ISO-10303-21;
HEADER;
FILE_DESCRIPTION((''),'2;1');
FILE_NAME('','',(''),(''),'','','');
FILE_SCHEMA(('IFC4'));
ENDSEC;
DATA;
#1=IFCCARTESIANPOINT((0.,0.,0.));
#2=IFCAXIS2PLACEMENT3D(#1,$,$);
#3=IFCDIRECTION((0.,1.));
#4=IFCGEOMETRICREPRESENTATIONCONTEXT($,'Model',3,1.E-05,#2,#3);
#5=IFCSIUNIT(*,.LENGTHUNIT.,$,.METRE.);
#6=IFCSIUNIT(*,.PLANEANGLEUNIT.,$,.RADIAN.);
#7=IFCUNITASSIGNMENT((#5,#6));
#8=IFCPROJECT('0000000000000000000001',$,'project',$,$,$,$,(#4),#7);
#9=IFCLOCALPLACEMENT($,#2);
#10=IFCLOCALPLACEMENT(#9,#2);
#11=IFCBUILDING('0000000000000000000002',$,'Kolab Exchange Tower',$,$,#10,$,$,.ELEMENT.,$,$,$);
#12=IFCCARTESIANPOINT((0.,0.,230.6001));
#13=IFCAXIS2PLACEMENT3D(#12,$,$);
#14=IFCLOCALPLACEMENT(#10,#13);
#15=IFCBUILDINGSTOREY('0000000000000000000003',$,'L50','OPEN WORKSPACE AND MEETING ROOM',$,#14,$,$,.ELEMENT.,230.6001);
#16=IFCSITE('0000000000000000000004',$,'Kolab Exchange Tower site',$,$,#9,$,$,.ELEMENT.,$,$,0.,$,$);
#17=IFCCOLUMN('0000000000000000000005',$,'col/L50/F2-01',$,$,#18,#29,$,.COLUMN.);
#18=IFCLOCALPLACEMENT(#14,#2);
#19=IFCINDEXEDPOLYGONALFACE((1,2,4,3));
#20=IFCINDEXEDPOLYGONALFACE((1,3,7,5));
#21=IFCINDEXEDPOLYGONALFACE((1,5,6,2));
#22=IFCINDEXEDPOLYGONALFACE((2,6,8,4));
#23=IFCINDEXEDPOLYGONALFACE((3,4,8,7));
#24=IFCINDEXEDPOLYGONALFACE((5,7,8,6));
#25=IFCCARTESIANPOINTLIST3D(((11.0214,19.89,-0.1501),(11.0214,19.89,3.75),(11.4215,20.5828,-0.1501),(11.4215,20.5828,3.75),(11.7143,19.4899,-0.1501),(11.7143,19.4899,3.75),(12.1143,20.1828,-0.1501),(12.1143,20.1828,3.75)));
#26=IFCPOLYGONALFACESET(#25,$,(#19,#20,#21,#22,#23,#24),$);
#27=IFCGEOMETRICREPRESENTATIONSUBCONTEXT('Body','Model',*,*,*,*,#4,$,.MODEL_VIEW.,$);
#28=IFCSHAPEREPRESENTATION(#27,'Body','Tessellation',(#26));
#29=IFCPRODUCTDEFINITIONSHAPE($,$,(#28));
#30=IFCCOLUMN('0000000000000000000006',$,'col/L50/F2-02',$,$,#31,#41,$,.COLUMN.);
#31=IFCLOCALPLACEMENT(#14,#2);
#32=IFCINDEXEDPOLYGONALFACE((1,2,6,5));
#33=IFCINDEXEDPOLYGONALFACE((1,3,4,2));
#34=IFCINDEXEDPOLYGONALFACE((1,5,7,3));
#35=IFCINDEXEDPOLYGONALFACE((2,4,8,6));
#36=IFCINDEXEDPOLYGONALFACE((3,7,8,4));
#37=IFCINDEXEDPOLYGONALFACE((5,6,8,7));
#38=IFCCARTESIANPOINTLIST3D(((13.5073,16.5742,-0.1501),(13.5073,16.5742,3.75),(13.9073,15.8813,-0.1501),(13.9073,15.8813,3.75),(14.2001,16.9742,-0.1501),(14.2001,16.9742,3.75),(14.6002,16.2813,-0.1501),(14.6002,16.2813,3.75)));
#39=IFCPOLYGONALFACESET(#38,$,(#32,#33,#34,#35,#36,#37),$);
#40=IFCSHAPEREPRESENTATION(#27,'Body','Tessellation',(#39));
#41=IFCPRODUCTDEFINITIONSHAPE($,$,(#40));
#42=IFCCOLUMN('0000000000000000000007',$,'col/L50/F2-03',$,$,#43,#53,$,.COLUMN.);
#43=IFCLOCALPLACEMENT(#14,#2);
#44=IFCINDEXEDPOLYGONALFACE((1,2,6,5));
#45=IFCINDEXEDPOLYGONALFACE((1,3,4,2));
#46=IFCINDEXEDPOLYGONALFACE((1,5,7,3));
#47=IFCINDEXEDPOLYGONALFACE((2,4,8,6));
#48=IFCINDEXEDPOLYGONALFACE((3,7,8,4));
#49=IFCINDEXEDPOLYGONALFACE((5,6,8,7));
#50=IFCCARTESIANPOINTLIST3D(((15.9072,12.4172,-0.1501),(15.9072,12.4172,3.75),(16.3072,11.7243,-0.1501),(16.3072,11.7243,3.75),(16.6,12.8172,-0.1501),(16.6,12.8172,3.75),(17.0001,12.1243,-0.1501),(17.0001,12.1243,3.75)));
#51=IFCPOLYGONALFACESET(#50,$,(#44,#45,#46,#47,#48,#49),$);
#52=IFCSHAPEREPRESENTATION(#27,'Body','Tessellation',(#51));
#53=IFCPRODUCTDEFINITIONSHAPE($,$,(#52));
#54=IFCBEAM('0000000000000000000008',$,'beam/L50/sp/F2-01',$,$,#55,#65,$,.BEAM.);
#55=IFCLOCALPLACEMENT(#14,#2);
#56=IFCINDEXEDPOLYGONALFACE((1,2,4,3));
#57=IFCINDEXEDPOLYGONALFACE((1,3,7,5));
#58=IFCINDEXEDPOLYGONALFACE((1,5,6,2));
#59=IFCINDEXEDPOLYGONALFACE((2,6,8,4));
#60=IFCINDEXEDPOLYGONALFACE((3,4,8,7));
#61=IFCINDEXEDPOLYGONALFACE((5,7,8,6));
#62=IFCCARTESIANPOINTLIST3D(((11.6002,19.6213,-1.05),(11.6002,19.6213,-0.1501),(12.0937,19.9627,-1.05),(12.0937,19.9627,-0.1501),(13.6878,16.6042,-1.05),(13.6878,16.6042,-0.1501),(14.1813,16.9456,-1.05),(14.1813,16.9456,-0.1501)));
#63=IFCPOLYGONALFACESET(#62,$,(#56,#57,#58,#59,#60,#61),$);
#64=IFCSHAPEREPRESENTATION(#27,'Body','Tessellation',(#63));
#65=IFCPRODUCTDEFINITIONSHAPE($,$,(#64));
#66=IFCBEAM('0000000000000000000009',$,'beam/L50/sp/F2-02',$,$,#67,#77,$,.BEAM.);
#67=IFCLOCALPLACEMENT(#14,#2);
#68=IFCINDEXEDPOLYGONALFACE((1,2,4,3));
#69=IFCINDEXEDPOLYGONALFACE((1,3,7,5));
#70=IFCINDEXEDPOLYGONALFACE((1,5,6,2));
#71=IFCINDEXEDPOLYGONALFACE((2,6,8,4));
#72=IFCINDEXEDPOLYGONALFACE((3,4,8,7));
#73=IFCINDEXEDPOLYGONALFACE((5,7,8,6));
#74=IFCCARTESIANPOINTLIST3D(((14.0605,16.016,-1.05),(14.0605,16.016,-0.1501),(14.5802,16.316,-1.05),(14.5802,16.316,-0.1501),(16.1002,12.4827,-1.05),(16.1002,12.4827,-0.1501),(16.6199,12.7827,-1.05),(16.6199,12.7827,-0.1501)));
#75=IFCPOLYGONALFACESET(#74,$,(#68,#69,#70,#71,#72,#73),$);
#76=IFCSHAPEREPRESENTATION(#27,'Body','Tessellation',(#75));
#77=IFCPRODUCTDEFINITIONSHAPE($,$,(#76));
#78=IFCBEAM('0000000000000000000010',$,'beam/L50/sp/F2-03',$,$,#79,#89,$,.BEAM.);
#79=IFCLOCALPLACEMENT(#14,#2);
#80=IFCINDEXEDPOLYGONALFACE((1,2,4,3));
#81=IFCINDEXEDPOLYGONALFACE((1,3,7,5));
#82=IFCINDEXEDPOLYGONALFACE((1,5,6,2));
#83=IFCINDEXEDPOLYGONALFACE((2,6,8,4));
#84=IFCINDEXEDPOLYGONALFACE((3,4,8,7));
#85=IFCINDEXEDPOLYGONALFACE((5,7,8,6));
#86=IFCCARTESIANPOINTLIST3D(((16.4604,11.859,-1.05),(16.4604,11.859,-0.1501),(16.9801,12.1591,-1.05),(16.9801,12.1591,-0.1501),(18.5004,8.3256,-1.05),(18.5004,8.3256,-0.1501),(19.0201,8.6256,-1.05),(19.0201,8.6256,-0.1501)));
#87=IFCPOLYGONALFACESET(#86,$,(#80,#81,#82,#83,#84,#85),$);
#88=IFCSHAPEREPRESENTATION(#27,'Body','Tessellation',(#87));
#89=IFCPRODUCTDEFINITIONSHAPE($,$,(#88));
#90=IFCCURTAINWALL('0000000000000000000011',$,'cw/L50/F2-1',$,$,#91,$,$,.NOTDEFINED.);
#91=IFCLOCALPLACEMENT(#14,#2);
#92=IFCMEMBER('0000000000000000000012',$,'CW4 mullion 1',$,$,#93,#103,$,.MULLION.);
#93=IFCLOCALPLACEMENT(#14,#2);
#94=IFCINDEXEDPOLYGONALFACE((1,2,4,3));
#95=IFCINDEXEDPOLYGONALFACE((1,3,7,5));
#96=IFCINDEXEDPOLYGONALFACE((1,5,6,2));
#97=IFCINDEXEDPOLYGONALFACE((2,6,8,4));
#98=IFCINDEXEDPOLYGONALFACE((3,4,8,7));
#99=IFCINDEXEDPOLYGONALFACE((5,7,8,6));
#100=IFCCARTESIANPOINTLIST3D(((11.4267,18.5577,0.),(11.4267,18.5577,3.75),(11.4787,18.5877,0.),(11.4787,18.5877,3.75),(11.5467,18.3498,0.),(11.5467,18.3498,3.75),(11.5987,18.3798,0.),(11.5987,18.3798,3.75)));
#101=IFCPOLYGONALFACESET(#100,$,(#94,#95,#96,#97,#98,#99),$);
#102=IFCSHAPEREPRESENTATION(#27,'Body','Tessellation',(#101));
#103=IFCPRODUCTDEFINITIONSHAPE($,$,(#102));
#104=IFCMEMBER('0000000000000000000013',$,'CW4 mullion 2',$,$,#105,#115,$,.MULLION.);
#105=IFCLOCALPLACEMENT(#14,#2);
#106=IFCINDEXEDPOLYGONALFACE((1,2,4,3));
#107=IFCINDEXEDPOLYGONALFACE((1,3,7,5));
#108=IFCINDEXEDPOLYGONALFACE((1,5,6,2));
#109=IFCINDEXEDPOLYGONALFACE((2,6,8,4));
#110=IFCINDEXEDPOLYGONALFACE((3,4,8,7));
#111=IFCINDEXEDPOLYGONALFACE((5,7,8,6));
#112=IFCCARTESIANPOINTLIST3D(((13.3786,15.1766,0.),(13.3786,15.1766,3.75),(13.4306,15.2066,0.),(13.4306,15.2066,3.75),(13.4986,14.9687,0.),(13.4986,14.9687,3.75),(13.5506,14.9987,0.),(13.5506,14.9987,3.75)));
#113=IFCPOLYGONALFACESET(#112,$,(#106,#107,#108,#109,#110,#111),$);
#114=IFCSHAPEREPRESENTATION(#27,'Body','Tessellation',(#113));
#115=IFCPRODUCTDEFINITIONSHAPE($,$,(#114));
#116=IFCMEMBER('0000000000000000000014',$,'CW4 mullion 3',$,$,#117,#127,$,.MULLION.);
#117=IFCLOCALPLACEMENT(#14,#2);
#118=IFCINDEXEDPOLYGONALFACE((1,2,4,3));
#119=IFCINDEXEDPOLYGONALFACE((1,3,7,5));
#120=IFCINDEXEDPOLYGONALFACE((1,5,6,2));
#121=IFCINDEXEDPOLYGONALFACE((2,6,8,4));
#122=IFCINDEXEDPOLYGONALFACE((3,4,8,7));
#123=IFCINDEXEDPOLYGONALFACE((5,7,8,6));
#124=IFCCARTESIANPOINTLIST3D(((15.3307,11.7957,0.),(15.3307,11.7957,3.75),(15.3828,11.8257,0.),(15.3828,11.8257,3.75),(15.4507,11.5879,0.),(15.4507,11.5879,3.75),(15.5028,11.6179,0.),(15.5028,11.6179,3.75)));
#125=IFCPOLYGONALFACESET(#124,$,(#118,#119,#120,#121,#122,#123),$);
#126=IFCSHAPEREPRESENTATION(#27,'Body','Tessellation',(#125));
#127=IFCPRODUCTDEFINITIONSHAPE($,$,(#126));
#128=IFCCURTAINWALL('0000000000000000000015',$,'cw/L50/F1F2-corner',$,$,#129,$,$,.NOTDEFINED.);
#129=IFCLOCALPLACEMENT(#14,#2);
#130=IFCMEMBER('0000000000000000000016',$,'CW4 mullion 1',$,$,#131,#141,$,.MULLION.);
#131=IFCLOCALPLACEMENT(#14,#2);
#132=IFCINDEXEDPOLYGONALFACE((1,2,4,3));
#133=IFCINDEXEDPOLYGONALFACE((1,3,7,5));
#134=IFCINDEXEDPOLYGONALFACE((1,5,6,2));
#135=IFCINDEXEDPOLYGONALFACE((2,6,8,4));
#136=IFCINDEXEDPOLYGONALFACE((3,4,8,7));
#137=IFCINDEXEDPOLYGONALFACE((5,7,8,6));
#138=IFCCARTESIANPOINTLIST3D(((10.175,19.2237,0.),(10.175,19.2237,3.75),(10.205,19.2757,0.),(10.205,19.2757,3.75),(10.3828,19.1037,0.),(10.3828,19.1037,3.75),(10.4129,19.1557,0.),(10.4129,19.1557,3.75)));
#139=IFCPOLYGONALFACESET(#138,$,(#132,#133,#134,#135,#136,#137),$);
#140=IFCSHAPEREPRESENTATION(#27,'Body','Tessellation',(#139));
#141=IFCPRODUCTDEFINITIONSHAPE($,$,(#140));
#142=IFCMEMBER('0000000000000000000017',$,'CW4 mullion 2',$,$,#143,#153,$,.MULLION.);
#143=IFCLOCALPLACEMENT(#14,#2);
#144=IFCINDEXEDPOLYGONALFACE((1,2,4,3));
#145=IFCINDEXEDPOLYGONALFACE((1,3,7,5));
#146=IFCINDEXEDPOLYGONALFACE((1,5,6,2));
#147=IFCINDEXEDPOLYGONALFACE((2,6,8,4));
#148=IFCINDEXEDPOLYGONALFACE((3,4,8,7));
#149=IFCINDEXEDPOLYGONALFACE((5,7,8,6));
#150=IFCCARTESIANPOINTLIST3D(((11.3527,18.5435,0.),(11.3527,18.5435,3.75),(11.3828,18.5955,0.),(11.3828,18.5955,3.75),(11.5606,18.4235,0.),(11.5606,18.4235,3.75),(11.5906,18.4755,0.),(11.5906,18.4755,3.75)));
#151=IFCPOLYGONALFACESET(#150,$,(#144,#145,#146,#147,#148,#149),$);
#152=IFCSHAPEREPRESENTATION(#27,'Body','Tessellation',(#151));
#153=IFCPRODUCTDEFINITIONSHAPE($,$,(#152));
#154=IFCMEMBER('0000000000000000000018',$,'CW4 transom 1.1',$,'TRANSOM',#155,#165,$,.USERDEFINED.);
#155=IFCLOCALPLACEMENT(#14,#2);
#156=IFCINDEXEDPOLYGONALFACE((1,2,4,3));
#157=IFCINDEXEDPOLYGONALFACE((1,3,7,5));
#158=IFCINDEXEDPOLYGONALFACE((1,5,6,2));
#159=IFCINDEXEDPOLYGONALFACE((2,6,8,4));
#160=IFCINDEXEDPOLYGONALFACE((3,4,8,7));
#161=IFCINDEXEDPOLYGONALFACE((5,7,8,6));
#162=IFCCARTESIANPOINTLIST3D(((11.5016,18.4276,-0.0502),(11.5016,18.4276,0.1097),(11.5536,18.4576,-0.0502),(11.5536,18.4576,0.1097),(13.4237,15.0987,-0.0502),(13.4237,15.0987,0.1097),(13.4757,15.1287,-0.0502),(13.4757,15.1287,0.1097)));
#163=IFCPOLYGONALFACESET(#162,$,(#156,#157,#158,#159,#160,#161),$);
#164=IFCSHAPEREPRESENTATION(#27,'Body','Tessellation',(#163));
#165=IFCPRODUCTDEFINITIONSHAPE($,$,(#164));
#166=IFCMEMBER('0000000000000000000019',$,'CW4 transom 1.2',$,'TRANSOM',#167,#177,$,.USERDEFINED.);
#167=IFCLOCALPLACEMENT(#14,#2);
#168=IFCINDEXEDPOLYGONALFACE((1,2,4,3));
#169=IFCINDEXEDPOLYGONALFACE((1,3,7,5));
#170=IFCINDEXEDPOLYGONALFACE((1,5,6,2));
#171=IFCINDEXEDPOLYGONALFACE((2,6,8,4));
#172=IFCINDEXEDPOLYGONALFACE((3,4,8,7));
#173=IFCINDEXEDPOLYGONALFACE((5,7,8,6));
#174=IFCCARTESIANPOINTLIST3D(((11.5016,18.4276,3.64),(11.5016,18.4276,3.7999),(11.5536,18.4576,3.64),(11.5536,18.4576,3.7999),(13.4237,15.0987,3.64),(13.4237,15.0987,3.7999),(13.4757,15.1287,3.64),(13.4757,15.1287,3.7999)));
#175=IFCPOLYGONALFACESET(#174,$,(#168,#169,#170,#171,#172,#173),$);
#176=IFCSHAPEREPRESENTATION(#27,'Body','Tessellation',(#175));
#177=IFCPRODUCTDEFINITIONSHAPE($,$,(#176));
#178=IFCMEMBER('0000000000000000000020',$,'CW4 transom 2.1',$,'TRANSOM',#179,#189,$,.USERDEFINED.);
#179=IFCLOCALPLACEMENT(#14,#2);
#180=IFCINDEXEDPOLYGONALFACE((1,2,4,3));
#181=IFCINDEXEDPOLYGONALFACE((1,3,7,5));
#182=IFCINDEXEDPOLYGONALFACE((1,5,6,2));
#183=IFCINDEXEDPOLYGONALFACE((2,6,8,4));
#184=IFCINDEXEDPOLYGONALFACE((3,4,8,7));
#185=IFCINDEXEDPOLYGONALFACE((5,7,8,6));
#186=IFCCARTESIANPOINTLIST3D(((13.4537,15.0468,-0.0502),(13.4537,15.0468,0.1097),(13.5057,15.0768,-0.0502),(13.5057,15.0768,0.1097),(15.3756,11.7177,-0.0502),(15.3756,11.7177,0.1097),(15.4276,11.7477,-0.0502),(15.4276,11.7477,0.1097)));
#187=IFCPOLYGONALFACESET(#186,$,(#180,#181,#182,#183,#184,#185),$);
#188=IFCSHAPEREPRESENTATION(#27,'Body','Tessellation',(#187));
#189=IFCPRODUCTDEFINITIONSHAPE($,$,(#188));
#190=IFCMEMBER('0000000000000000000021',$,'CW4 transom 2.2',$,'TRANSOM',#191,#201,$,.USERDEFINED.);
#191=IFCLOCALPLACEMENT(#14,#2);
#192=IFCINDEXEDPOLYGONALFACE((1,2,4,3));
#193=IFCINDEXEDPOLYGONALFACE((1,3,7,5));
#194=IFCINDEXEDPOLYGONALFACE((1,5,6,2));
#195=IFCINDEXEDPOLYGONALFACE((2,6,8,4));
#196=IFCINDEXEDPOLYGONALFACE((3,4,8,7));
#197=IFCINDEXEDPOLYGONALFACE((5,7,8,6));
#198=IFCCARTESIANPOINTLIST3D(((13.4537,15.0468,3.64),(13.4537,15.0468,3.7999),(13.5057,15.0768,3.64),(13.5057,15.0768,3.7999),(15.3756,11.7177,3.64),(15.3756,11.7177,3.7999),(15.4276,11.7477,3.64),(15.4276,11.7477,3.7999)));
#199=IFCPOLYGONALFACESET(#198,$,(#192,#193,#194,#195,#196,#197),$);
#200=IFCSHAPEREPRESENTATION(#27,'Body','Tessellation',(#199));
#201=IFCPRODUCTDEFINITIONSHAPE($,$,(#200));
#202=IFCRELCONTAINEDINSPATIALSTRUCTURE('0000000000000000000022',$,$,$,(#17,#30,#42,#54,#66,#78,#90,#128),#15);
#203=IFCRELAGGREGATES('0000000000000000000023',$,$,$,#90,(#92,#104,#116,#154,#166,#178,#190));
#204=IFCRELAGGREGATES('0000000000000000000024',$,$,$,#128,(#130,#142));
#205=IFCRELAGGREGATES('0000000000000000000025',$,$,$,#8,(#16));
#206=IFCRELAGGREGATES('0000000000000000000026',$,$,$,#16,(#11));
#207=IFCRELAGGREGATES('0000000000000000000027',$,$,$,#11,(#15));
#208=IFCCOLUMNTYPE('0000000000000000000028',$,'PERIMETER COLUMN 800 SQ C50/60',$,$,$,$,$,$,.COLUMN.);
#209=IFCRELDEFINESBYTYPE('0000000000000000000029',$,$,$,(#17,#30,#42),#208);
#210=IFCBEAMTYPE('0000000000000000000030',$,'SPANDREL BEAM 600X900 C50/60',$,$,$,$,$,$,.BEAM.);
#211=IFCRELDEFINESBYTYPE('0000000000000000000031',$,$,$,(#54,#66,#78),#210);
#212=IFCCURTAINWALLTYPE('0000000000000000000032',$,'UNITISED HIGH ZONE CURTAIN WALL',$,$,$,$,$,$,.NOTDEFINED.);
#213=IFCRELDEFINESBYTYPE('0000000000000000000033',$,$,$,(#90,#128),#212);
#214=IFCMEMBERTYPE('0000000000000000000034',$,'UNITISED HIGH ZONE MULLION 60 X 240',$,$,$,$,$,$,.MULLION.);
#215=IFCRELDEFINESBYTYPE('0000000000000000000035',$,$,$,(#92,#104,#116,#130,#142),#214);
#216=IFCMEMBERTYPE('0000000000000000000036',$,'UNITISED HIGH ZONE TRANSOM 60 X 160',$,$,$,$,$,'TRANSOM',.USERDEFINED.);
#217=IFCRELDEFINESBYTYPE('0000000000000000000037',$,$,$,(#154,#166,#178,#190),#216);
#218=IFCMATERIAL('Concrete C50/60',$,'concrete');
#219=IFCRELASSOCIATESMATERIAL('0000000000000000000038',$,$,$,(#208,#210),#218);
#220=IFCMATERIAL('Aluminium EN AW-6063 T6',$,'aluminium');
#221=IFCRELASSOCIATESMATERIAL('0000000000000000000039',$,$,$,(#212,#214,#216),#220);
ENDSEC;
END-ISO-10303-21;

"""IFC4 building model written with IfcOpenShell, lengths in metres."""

from ifc_helpers import new_model, si_unit, direction, frame, origin, origin_2d, place, context, subcontext, project, spatial, rectangle, extrude, material, material_profile, profile_set, type_object, element, aggregate, save


model = new_model("IFC4")

# Units and contexts
model_context = context("Model", 3, precision=1e-05, world=origin(), true_north=direction((0.0, 1.0)))
body_context = subcontext(model_context, "Body", "Model", "MODEL_VIEW")
ifc_project = project(units=[si_unit("LENGTHUNIT", "METRE"), si_unit("PLANEANGLEUNIT", "RADIAN")], contexts=[model_context])

# Site, building, storey
site_placement = place(None, origin())
site = spatial("IfcSite", under=ifc_project, at=site_placement, Name="Kolab Exchange Tower site", CompositionType="ELEMENT", RefElevation=0.0)
building_placement = place(site_placement, origin())
building = spatial("IfcBuilding", under=site, at=building_placement, Name="Kolab Exchange Tower", CompositionType="ELEMENT")
storey_placement = place(building_placement, frame((0.0, 0.0, 230.6001)))
storey = spatial("IfcBuildingStorey", under=building, at=storey_placement, Name="L50", Description="OPEN WORKSPACE AND MEETING ROOM", CompositionType="ELEMENT", Elevation=230.6001)

# Columns
ifc_material_1 = material(Name="Concrete C50/60", Category="concrete")
ifc_material_profile_1 = material_profile(ifc_material_1, rectangle(XDim=0.8, YDim=0.8, at=origin_2d()), Name="RC800")
ifc_profile_set_1 = profile_set([ifc_material_profile_1], Name="Concrete C50/60")
column_type = type_object("IfcColumnType", Name="PERIMETER COLUMN 800 SQ C50/60", PredefinedType="COLUMN", material=ifc_profile_set_1)
for number, where, z_axis, x_axis, name in (
    (1, (11.5679, 20.0364, -0.1501), (0.0, 0.0, 1.0), (0.5, 0.866025, 0.0), "col/L50/F2-01"),
    (2, (14.0537, 16.4277, -0.1501), (0.0, 0.0, 1.0), (0.866025, 0.5, 0.0), "col/L50/F2-02"),
    (3, (16.4536, 12.2708, -0.1501), (0.0, 0.0, 1.0), (0.866025, 0.5, 0.0), "col/L50/F2-03"),
):
    element("IfcColumn", number, at=place(storey_placement, frame(where, z_axis=z_axis, x_axis=x_axis)), inside=storey, type_object=column_type, Name=name, PredefinedType="COLUMN", context=body_context, shape_type="SweptSolid", body=[
        extrude(rectangle(XDim=0.8, YDim=0.8, at=origin_2d()), origin(), (0.0, 0.0, 1.0), 3.9001),
    ])

# Beams
ifc_material_profile_2 = material_profile(ifc_material_1, rectangle(XDim=0.6001, YDim=0.8999, at=origin_2d()), Name="RC600X900")
ifc_profile_set_2 = profile_set([ifc_material_profile_2], Name="Concrete C50/60")
beam_type = type_object("IfcBeamType", Name="SPANDREL BEAM 600X900 C50/60", PredefinedType="BEAM", material=ifc_profile_set_2)
beam_1_placement = place(storey_placement, frame((11.8469, 19.792, -0.6001), z_axis=(0.569006, -0.822334, 0.0), x_axis=(0.822334, 0.569006, 0.0)))
element("IfcBeam", 4, at=beam_1_placement, inside=storey, type_object=beam_type, Name="beam/L50/sp/F2-01", PredefinedType="BEAM", context=body_context, shape_type="SweptSolid", body=[
    extrude(rectangle(XDim=0.6001, YDim=0.8999, at=origin_2d()), origin(), (0.0, 0.0, 1.0), 3.6689),
])
beam_2_placement = place(storey_placement, frame((14.3203, 16.166, -0.6001), z_axis=(0.499956, -0.866051, 0.0), x_axis=(0.866051, 0.499956, 0.0)))
element("IfcBeam", 5, at=beam_2_placement, inside=storey, type_object=beam_type, Name="beam/L50/sp/F2-02", PredefinedType="BEAM", context=body_context, shape_type="SweptSolid", body=[
    extrude(rectangle(XDim=0.6001, YDim=0.8999, at=origin_2d()), origin(), (0.0, 0.0, 1.0), 4.0798),
])
beam_3_placement = place(storey_placement, frame((16.7202, 12.009, -0.6001), z_axis=(0.5, -0.866025, 0.0), x_axis=(0.866025, 0.5, 0.0)))
element("IfcBeam", 6, at=beam_3_placement, inside=storey, type_object=beam_type, Name="beam/L50/sp/F2-03", PredefinedType="BEAM", context=body_context, shape_type="SweptSolid", body=[
    extrude(rectangle(XDim=0.6001, YDim=0.8999, at=origin_2d()), origin(), (0.0, 0.0, 1.0), 4.0801),
])

# Curtain walls, members
ifc_material_2 = material(Name="Aluminium EN AW-6063 T6", Category="aluminium")
curtain_wall_type = type_object("IfcCurtainWallType", Name="UNITISED HIGH ZONE CURTAIN WALL", PredefinedType="NOTDEFINED", material=ifc_material_2)
curtain_wall_1_placement = place(storey_placement, origin())
curtain_wall_1 = element("IfcCurtainWall", 7, at=curtain_wall_1_placement, inside=storey, type_object=curtain_wall_type, Name="cw/L50/F2-1", PredefinedType="NOTDEFINED")
ifc_material_profile_3 = material_profile(ifc_material_2, rectangle(XDim=0.0601, YDim=0.24, at=origin_2d()), Name="RECT 60X240")
ifc_profile_set_3 = profile_set([ifc_material_profile_3], Name="Aluminium EN AW-6063 T6")
member_type_1 = type_object("IfcMemberType", Name="UNITISED HIGH ZONE MULLION 60 X 240", PredefinedType="MULLION", material=ifc_profile_set_3)
member_1_placement = place(storey_placement, frame((11.5127, 18.4688, 0.0), z_axis=(0.0, 0.0, 1.0), x_axis=(0.866025, 0.5, 0.0)))
member_1 = element("IfcMember", 8, at=member_1_placement, type_object=member_type_1, Name="CW4 mullion 1", PredefinedType="MULLION", context=body_context, shape_type="SweptSolid", body=[
    extrude(rectangle(XDim=0.0601, YDim=0.24, at=origin_2d()), origin(), (0.0, 0.0, 1.0), 3.75),
])
member_2_placement = place(storey_placement, frame((13.4646, 15.0876, 0.0), z_axis=(0.0, 0.0, 1.0), x_axis=(0.866025, 0.5, 0.0)))
member_2 = element("IfcMember", 9, at=member_2_placement, type_object=member_type_1, Name="CW4 mullion 2", PredefinedType="MULLION", context=body_context, shape_type="SweptSolid", body=[
    extrude(rectangle(XDim=0.0601, YDim=0.24, at=origin_2d()), origin(), (0.0, 0.0, 1.0), 3.75),
])
member_3_placement = place(storey_placement, frame((15.4167, 11.7068, 0.0), z_axis=(0.0, 0.0, 1.0), x_axis=(0.866025, 0.5, 0.0)))
member_3 = element("IfcMember", 10, at=member_3_placement, type_object=member_type_1, Name="CW4 mullion 3", PredefinedType="MULLION", context=body_context, shape_type="SweptSolid", body=[
    extrude(rectangle(XDim=0.0601, YDim=0.24, at=origin_2d()), origin(), (0.0, 0.0, 1.0), 3.75),
])
curtain_wall_2_placement = place(storey_placement, origin())
curtain_wall_2 = element("IfcCurtainWall", 11, at=curtain_wall_2_placement, inside=storey, type_object=curtain_wall_type, Name="cw/L50/F1F2-corner", PredefinedType="NOTDEFINED")
member_4_placement = place(storey_placement, frame((10.2939, 19.1897, 0.0), z_axis=(0.0, 0.0, 1.0), x_axis=(0.5, 0.866025, 0.0)))
member_4 = element("IfcMember", 12, at=member_4_placement, type_object=member_type_1, Name="CW4 mullion 1", PredefinedType="MULLION", context=body_context, shape_type="SweptSolid", body=[
    extrude(rectangle(XDim=0.0601, YDim=0.24, at=origin_2d()), origin(), (0.0, 0.0, 1.0), 3.75),
])
member_5_placement = place(storey_placement, frame((11.4717, 18.5095, 0.0), z_axis=(0.0, 0.0, 1.0), x_axis=(0.5, 0.866025, 0.0)))
member_5 = element("IfcMember", 13, at=member_5_placement, type_object=member_type_1, Name="CW4 mullion 2", PredefinedType="MULLION", context=body_context, shape_type="SweptSolid", body=[
    extrude(rectangle(XDim=0.0601, YDim=0.24, at=origin_2d()), origin(), (0.0, 0.0, 1.0), 3.75),
])

# Members
ifc_material_profile_4 = material_profile(ifc_material_2, rectangle(XDim=0.0601, YDim=0.1599, at=origin_2d()), Name="RECT 60X160")
ifc_profile_set_4 = profile_set([ifc_material_profile_4], Name="Aluminium EN AW-6063 T6")
member_type_2 = type_object("IfcMemberType", Name="UNITISED HIGH ZONE TRANSOM 60 X 160", ElementType="TRANSOM", PredefinedType="USERDEFINED", material=ifc_profile_set_4)
member_6_placement = place(storey_placement, frame((11.5276, 18.4426, 0.0298), z_axis=(0.500039, -0.866003, 0.0), x_axis=(0.866003, 0.500039, 0.0)))
member_6 = element("IfcMember", 14, at=member_6_placement, type_object=member_type_2, Name="CW4 transom 1.1", ObjectType="TRANSOM", PredefinedType="USERDEFINED", context=body_context, shape_type="SweptSolid", body=[
    extrude(rectangle(XDim=0.0601, YDim=0.1599, at=origin_2d()), origin(), (0.0, 0.0, 1.0), 3.844),
])
member_7_placement = place(storey_placement, frame((11.5276, 18.4426, 3.72), z_axis=(0.500039, -0.866003, 0.0), x_axis=(0.866003, 0.500039, 0.0)))
member_7 = element("IfcMember", 15, at=member_7_placement, type_object=member_type_2, Name="CW4 transom 1.2", ObjectType="TRANSOM", PredefinedType="USERDEFINED", context=body_context, shape_type="SweptSolid", body=[
    extrude(rectangle(XDim=0.0601, YDim=0.1599, at=origin_2d()), origin(), (0.0, 0.0, 1.0), 3.844),
])
member_8_placement = place(storey_placement, frame((13.4797, 15.0618, 0.0298), z_axis=(0.499964, -0.866046, 0.0), x_axis=(0.866046, 0.499964, 0.0)))
member_8 = element("IfcMember", 16, at=member_8_placement, type_object=member_type_2, Name="CW4 transom 2.1", ObjectType="TRANSOM", PredefinedType="USERDEFINED", context=body_context, shape_type="SweptSolid", body=[
    extrude(rectangle(XDim=0.0601, YDim=0.1599, at=origin_2d()), origin(), (0.0, 0.0, 1.0), 3.844),
])
member_9_placement = place(storey_placement, frame((13.4797, 15.0618, 3.72), z_axis=(0.499964, -0.866046, 0.0), x_axis=(0.866046, 0.499964, 0.0)))
member_9 = element("IfcMember", 17, at=member_9_placement, type_object=member_type_2, Name="CW4 transom 2.2", ObjectType="TRANSOM", PredefinedType="USERDEFINED", context=body_context, shape_type="SweptSolid", body=[
    extrude(rectangle(XDim=0.0601, YDim=0.1599, at=origin_2d()), origin(), (0.0, 0.0, 1.0), 3.844),
])

aggregate(curtain_wall_1, [member_1, member_2, member_3, member_6, member_7, member_8, member_9])
aggregate(curtain_wall_2, [member_4, member_5])

save(model, "model.ifc")
